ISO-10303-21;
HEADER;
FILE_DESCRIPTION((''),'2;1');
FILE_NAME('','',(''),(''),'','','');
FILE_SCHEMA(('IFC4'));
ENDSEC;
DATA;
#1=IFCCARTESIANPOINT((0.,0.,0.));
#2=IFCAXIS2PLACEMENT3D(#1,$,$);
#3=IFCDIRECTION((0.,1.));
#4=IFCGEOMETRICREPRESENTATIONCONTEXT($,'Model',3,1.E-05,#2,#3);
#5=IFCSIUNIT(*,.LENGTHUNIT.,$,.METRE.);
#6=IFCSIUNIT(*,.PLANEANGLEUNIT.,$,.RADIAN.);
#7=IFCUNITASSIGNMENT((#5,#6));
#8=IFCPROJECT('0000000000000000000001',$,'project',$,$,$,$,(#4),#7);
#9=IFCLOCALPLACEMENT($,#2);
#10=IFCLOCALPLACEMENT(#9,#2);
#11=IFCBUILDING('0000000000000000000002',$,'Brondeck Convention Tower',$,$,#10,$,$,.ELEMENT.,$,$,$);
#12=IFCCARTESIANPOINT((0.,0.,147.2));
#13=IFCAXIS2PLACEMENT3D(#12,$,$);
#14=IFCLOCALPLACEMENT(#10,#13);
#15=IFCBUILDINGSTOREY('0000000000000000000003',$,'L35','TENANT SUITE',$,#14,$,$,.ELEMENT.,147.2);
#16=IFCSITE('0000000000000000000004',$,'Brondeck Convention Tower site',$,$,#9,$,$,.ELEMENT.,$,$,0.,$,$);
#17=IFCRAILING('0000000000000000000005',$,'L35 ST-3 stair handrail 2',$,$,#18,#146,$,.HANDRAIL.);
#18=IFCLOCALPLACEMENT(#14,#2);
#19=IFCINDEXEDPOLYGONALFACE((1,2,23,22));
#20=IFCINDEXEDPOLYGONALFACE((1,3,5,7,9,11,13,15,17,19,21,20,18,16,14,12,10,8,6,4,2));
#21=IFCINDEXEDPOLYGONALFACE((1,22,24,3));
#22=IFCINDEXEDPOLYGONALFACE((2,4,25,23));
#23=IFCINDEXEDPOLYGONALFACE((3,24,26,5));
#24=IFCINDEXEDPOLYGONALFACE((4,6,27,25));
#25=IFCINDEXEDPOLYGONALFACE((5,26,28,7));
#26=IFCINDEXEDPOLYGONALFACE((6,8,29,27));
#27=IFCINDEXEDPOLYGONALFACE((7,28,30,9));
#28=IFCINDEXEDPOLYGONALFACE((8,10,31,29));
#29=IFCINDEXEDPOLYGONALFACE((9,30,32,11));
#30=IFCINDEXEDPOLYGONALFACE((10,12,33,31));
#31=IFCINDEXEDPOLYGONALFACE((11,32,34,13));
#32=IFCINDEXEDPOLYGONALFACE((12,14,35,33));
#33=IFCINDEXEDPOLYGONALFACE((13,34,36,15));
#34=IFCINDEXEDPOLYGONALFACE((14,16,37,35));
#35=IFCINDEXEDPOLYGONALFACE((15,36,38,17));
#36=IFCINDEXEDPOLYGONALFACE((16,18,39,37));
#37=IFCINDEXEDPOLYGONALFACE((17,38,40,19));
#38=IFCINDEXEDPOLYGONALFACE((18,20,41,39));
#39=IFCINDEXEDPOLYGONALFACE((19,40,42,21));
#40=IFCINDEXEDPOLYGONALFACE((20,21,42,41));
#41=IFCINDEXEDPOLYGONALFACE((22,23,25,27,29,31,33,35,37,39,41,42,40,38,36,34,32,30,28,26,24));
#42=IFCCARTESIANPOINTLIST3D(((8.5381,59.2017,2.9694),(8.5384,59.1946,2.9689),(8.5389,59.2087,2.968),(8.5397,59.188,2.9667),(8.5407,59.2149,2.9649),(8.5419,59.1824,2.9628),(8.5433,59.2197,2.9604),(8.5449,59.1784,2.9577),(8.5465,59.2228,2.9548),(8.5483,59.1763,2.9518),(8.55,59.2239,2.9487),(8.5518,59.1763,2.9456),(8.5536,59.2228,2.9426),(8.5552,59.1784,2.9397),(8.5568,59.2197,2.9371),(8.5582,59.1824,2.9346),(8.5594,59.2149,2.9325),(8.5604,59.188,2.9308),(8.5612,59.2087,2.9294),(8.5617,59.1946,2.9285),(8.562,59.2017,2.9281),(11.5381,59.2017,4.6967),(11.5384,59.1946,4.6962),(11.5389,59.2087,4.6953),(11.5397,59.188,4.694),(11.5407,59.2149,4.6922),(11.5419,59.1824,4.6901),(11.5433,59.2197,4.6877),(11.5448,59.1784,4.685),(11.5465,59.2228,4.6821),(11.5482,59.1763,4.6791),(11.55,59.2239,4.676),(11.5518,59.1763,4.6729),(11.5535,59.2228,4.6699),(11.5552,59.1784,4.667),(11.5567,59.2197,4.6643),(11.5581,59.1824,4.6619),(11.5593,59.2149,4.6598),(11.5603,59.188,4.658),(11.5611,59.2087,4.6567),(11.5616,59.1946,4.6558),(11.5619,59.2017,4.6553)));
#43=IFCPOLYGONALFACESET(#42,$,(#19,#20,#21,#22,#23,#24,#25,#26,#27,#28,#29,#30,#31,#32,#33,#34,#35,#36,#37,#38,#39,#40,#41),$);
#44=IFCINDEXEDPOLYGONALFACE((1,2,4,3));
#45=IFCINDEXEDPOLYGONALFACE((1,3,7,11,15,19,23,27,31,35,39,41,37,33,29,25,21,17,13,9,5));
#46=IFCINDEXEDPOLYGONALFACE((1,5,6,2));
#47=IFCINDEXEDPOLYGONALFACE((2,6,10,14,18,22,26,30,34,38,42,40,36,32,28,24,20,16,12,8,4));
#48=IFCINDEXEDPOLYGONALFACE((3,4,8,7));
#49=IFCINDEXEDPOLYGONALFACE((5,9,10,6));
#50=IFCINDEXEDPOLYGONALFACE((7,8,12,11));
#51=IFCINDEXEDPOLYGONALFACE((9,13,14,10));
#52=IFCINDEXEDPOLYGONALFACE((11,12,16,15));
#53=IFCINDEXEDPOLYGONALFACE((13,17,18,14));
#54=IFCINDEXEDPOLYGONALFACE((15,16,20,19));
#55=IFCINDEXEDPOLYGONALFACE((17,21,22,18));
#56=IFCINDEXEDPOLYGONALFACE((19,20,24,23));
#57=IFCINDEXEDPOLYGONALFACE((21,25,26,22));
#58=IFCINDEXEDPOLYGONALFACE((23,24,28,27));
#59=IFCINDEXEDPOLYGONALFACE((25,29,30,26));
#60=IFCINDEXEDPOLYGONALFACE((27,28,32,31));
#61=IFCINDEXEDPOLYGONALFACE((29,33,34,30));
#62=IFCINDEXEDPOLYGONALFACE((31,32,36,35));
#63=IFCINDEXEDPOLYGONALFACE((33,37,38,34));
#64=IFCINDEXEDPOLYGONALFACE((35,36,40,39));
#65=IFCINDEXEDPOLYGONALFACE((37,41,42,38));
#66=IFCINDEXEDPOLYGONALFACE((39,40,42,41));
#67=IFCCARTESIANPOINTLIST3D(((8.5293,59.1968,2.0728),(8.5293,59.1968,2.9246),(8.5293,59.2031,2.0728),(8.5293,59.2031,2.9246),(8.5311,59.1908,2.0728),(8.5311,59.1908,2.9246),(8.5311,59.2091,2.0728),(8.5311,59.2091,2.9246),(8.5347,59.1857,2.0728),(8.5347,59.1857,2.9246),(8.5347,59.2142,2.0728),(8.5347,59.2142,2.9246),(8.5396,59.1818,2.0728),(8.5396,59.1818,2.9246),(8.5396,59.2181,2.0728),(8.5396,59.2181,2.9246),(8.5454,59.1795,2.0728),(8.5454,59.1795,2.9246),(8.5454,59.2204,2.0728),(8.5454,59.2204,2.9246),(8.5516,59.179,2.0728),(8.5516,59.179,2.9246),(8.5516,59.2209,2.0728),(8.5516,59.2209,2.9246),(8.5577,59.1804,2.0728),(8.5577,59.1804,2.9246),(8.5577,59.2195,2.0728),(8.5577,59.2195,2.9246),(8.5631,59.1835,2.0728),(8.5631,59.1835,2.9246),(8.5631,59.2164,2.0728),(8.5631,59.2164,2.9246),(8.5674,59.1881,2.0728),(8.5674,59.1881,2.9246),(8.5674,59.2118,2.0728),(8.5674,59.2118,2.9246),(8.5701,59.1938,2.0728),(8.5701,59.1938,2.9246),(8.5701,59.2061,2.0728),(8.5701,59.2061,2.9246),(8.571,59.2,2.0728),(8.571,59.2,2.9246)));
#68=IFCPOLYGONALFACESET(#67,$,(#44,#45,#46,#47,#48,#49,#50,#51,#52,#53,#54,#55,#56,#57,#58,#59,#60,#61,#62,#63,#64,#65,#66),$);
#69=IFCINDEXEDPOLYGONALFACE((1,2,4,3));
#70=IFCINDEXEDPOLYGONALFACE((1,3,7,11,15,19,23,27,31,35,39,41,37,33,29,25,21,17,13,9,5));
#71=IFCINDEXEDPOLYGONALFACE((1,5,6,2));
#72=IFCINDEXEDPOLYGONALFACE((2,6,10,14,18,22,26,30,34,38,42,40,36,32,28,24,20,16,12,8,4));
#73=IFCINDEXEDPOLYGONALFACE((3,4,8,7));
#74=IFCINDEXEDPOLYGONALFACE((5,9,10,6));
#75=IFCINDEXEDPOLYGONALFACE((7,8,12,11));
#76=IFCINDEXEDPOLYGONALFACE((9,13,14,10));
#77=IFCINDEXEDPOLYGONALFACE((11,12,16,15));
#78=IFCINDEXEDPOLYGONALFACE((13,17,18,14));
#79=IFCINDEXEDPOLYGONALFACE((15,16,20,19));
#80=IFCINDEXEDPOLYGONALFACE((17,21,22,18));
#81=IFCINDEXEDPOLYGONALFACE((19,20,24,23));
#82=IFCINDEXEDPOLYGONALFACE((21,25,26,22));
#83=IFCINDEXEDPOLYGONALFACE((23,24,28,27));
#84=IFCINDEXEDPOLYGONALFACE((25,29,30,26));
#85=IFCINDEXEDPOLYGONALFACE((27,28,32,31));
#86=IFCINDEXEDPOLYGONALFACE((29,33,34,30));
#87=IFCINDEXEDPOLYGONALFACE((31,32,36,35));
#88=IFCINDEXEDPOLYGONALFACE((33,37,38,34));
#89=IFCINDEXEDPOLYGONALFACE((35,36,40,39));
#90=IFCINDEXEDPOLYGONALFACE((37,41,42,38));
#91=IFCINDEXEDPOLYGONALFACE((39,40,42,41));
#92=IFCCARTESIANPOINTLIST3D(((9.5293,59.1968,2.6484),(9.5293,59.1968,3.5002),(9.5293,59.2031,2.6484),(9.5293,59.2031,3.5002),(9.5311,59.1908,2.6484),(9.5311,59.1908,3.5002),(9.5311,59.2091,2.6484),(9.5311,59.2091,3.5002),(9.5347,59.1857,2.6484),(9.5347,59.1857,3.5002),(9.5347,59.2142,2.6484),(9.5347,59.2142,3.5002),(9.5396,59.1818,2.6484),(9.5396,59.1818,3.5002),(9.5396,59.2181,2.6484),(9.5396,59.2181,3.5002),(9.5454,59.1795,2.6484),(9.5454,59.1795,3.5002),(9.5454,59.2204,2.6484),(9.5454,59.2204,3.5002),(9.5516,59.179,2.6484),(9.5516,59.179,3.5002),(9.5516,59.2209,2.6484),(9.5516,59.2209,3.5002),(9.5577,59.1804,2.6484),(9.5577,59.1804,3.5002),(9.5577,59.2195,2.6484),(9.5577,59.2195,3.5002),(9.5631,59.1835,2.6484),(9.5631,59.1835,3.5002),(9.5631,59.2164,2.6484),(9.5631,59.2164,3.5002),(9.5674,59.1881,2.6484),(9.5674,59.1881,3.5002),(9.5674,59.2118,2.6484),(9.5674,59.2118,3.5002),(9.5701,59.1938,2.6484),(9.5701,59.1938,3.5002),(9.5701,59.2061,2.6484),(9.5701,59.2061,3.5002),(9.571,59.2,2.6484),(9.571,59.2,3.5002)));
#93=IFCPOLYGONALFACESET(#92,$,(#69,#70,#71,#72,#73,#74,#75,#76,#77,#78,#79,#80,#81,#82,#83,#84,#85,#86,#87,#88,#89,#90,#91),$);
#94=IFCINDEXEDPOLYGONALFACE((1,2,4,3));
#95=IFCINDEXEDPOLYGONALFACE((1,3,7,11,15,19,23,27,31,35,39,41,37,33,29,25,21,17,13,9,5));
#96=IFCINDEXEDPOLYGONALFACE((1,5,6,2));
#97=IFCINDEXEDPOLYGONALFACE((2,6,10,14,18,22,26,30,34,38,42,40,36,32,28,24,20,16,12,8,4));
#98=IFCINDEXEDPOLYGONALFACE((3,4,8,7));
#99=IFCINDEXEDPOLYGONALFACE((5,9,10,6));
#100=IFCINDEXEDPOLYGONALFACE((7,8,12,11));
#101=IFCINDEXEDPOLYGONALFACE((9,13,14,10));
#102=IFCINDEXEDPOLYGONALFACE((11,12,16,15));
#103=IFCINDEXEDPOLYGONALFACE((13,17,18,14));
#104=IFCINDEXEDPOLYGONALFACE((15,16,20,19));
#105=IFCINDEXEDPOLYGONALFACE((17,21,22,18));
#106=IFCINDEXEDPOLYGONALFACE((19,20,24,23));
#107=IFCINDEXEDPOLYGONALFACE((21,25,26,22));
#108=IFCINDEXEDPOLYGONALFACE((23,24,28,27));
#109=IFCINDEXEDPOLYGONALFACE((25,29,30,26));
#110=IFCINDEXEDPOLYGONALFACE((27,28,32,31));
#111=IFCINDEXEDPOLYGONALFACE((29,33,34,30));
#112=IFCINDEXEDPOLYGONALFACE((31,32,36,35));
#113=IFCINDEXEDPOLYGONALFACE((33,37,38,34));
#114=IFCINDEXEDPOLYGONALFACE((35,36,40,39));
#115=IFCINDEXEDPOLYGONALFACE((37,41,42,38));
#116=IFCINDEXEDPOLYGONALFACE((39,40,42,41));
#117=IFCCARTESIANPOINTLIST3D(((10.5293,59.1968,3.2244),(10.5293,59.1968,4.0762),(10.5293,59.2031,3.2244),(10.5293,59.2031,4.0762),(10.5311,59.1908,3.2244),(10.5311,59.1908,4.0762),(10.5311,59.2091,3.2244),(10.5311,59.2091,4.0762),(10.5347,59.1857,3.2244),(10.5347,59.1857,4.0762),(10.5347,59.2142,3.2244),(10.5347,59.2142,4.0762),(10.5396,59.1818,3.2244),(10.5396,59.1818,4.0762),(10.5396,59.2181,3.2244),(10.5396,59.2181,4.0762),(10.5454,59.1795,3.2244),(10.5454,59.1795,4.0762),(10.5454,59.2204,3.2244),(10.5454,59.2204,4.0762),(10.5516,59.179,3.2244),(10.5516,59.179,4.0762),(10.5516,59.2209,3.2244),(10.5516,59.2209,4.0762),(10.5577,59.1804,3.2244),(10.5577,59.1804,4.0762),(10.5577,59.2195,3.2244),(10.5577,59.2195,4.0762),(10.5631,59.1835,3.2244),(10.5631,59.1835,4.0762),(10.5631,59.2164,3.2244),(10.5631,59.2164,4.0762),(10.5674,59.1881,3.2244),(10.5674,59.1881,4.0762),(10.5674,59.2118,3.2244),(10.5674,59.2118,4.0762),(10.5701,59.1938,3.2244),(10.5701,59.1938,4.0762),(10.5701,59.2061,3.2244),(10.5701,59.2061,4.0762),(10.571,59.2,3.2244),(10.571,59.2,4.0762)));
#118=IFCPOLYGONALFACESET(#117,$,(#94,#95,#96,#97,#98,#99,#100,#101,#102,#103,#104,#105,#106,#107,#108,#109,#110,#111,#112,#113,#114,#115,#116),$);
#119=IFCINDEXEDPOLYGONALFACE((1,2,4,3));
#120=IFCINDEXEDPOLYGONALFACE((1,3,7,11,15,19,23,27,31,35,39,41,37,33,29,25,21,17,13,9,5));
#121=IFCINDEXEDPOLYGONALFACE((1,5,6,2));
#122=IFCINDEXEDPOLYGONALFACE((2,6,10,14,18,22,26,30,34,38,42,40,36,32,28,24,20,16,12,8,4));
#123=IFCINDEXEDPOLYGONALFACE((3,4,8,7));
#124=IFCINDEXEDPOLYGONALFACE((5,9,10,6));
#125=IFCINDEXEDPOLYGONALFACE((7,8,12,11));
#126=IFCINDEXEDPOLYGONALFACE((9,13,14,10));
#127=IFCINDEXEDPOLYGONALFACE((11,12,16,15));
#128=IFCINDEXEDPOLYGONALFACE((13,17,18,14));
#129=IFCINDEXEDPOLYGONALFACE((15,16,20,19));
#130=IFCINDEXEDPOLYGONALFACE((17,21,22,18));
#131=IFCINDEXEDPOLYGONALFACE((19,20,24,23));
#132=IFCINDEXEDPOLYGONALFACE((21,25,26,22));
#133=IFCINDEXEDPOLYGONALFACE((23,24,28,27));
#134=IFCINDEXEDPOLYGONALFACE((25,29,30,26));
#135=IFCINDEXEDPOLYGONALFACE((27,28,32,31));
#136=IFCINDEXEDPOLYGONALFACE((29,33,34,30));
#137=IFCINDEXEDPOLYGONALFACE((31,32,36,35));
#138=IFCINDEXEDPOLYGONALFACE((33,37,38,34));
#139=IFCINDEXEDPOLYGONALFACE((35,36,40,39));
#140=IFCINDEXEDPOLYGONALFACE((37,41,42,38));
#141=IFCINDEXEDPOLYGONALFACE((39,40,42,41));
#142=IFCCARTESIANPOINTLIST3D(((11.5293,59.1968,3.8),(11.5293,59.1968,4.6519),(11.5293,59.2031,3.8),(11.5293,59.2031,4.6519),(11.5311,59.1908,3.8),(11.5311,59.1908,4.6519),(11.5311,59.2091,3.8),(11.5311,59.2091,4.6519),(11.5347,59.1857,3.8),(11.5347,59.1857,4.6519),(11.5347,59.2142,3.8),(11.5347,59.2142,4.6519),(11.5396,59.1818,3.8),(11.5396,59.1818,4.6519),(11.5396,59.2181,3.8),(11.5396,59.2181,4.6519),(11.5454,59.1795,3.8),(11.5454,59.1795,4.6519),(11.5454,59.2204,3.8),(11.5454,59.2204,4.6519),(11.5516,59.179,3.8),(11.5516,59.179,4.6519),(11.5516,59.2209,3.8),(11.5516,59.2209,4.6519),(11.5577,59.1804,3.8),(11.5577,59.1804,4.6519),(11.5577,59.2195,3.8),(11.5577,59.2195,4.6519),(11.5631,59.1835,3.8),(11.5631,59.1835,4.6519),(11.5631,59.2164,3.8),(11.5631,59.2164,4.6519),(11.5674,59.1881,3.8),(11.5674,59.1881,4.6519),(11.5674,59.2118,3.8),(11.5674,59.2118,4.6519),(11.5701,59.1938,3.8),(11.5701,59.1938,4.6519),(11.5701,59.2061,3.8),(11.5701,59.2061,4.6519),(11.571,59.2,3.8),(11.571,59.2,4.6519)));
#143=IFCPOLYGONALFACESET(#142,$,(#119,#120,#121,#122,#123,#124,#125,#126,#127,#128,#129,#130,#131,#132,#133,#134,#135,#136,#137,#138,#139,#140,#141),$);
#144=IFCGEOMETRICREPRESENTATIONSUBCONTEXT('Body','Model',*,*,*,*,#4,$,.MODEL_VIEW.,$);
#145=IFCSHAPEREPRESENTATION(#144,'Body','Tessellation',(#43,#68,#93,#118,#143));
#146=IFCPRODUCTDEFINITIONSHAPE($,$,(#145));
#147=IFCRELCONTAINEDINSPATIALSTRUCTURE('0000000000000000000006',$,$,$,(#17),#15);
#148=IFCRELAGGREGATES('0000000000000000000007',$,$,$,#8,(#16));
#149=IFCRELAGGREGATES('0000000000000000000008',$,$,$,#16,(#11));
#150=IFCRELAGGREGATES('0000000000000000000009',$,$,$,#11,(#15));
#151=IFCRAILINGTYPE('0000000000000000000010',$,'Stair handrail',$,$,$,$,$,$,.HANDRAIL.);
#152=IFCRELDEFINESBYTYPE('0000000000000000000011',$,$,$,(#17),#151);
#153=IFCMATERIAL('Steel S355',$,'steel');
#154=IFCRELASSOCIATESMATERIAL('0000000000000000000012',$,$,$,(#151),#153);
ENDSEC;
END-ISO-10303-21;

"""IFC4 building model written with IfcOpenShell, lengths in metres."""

from ifc_helpers import new_model, si_unit, direction, frame, origin, origin_2d, place, context, subcontext, project, spatial, circle, extrude, material, type_object, element, save


model = new_model("IFC4")

# Units and contexts
model_context = context("Model", 3, precision=1e-05, world=origin(), true_north=direction((0.0, 1.0)))
body_context = subcontext(model_context, "Body", "Model", "MODEL_VIEW")
ifc_project = project(units=[si_unit("LENGTHUNIT", "METRE"), si_unit("PLANEANGLEUNIT", "RADIAN")], contexts=[model_context])

# Site, building, storey
site_placement = place(None, origin())
site = spatial("IfcSite", under=ifc_project, at=site_placement, Name="Brondeck Convention Tower site", CompositionType="ELEMENT", RefElevation=0.0)
building_placement = place(site_placement, origin())
building = spatial("IfcBuilding", under=site, at=building_placement, Name="Brondeck Convention Tower", CompositionType="ELEMENT")
storey_placement = place(building_placement, frame((0.0, 0.0, 147.2)))
storey = spatial("IfcBuildingStorey", under=building, at=storey_placement, Name="L35", Description="TENANT SUITE", CompositionType="ELEMENT", Elevation=147.2)

# Railing
ifc_material_1 = material(Name="Steel S355", Category="steel")
railing_type_1 = type_object("IfcRailingType", Name="Stair handrail", PredefinedType="HANDRAIL", material=ifc_material_1)
railing_1_placement = place(storey_placement, frame((8.55, 59.2, 2.0728)))
element("IfcRailing", 1, at=railing_1_placement, inside=storey, type_object=railing_type_1, Name="L35 ST-3 stair handrail 2", PredefinedType="HANDRAIL", context=body_context, shape_type="SweptSolid", body=[
    extrude(circle(Radius=0.0239, at=origin_2d()), frame((0.0, 0.0, 0.876), z_axis=(0.86662, 0.0, 0.498969), x_axis=(0.0, 1.0, 0.0)), (0.0, 0.0, 1.0), 3.4617),
    extrude(circle(Radius=0.021, at=origin_2d()), origin(), (0.0, 0.0, 1.0), 0.8518),
    extrude(circle(Radius=0.021, at=origin_2d()), frame((1.0, 0.0, 0.5757)), (0.0, 0.0, 1.0), 0.8518),
    extrude(circle(Radius=0.021, at=origin_2d()), frame((2.0, 0.0, 1.1516)), (0.0, 0.0, 1.0), 0.8518),
    extrude(circle(Radius=0.021, at=origin_2d()), frame((3.0, 0.0, 1.7273)), (0.0, 0.0, 1.0), 0.8518),
])

save(model, "model.ifc")
